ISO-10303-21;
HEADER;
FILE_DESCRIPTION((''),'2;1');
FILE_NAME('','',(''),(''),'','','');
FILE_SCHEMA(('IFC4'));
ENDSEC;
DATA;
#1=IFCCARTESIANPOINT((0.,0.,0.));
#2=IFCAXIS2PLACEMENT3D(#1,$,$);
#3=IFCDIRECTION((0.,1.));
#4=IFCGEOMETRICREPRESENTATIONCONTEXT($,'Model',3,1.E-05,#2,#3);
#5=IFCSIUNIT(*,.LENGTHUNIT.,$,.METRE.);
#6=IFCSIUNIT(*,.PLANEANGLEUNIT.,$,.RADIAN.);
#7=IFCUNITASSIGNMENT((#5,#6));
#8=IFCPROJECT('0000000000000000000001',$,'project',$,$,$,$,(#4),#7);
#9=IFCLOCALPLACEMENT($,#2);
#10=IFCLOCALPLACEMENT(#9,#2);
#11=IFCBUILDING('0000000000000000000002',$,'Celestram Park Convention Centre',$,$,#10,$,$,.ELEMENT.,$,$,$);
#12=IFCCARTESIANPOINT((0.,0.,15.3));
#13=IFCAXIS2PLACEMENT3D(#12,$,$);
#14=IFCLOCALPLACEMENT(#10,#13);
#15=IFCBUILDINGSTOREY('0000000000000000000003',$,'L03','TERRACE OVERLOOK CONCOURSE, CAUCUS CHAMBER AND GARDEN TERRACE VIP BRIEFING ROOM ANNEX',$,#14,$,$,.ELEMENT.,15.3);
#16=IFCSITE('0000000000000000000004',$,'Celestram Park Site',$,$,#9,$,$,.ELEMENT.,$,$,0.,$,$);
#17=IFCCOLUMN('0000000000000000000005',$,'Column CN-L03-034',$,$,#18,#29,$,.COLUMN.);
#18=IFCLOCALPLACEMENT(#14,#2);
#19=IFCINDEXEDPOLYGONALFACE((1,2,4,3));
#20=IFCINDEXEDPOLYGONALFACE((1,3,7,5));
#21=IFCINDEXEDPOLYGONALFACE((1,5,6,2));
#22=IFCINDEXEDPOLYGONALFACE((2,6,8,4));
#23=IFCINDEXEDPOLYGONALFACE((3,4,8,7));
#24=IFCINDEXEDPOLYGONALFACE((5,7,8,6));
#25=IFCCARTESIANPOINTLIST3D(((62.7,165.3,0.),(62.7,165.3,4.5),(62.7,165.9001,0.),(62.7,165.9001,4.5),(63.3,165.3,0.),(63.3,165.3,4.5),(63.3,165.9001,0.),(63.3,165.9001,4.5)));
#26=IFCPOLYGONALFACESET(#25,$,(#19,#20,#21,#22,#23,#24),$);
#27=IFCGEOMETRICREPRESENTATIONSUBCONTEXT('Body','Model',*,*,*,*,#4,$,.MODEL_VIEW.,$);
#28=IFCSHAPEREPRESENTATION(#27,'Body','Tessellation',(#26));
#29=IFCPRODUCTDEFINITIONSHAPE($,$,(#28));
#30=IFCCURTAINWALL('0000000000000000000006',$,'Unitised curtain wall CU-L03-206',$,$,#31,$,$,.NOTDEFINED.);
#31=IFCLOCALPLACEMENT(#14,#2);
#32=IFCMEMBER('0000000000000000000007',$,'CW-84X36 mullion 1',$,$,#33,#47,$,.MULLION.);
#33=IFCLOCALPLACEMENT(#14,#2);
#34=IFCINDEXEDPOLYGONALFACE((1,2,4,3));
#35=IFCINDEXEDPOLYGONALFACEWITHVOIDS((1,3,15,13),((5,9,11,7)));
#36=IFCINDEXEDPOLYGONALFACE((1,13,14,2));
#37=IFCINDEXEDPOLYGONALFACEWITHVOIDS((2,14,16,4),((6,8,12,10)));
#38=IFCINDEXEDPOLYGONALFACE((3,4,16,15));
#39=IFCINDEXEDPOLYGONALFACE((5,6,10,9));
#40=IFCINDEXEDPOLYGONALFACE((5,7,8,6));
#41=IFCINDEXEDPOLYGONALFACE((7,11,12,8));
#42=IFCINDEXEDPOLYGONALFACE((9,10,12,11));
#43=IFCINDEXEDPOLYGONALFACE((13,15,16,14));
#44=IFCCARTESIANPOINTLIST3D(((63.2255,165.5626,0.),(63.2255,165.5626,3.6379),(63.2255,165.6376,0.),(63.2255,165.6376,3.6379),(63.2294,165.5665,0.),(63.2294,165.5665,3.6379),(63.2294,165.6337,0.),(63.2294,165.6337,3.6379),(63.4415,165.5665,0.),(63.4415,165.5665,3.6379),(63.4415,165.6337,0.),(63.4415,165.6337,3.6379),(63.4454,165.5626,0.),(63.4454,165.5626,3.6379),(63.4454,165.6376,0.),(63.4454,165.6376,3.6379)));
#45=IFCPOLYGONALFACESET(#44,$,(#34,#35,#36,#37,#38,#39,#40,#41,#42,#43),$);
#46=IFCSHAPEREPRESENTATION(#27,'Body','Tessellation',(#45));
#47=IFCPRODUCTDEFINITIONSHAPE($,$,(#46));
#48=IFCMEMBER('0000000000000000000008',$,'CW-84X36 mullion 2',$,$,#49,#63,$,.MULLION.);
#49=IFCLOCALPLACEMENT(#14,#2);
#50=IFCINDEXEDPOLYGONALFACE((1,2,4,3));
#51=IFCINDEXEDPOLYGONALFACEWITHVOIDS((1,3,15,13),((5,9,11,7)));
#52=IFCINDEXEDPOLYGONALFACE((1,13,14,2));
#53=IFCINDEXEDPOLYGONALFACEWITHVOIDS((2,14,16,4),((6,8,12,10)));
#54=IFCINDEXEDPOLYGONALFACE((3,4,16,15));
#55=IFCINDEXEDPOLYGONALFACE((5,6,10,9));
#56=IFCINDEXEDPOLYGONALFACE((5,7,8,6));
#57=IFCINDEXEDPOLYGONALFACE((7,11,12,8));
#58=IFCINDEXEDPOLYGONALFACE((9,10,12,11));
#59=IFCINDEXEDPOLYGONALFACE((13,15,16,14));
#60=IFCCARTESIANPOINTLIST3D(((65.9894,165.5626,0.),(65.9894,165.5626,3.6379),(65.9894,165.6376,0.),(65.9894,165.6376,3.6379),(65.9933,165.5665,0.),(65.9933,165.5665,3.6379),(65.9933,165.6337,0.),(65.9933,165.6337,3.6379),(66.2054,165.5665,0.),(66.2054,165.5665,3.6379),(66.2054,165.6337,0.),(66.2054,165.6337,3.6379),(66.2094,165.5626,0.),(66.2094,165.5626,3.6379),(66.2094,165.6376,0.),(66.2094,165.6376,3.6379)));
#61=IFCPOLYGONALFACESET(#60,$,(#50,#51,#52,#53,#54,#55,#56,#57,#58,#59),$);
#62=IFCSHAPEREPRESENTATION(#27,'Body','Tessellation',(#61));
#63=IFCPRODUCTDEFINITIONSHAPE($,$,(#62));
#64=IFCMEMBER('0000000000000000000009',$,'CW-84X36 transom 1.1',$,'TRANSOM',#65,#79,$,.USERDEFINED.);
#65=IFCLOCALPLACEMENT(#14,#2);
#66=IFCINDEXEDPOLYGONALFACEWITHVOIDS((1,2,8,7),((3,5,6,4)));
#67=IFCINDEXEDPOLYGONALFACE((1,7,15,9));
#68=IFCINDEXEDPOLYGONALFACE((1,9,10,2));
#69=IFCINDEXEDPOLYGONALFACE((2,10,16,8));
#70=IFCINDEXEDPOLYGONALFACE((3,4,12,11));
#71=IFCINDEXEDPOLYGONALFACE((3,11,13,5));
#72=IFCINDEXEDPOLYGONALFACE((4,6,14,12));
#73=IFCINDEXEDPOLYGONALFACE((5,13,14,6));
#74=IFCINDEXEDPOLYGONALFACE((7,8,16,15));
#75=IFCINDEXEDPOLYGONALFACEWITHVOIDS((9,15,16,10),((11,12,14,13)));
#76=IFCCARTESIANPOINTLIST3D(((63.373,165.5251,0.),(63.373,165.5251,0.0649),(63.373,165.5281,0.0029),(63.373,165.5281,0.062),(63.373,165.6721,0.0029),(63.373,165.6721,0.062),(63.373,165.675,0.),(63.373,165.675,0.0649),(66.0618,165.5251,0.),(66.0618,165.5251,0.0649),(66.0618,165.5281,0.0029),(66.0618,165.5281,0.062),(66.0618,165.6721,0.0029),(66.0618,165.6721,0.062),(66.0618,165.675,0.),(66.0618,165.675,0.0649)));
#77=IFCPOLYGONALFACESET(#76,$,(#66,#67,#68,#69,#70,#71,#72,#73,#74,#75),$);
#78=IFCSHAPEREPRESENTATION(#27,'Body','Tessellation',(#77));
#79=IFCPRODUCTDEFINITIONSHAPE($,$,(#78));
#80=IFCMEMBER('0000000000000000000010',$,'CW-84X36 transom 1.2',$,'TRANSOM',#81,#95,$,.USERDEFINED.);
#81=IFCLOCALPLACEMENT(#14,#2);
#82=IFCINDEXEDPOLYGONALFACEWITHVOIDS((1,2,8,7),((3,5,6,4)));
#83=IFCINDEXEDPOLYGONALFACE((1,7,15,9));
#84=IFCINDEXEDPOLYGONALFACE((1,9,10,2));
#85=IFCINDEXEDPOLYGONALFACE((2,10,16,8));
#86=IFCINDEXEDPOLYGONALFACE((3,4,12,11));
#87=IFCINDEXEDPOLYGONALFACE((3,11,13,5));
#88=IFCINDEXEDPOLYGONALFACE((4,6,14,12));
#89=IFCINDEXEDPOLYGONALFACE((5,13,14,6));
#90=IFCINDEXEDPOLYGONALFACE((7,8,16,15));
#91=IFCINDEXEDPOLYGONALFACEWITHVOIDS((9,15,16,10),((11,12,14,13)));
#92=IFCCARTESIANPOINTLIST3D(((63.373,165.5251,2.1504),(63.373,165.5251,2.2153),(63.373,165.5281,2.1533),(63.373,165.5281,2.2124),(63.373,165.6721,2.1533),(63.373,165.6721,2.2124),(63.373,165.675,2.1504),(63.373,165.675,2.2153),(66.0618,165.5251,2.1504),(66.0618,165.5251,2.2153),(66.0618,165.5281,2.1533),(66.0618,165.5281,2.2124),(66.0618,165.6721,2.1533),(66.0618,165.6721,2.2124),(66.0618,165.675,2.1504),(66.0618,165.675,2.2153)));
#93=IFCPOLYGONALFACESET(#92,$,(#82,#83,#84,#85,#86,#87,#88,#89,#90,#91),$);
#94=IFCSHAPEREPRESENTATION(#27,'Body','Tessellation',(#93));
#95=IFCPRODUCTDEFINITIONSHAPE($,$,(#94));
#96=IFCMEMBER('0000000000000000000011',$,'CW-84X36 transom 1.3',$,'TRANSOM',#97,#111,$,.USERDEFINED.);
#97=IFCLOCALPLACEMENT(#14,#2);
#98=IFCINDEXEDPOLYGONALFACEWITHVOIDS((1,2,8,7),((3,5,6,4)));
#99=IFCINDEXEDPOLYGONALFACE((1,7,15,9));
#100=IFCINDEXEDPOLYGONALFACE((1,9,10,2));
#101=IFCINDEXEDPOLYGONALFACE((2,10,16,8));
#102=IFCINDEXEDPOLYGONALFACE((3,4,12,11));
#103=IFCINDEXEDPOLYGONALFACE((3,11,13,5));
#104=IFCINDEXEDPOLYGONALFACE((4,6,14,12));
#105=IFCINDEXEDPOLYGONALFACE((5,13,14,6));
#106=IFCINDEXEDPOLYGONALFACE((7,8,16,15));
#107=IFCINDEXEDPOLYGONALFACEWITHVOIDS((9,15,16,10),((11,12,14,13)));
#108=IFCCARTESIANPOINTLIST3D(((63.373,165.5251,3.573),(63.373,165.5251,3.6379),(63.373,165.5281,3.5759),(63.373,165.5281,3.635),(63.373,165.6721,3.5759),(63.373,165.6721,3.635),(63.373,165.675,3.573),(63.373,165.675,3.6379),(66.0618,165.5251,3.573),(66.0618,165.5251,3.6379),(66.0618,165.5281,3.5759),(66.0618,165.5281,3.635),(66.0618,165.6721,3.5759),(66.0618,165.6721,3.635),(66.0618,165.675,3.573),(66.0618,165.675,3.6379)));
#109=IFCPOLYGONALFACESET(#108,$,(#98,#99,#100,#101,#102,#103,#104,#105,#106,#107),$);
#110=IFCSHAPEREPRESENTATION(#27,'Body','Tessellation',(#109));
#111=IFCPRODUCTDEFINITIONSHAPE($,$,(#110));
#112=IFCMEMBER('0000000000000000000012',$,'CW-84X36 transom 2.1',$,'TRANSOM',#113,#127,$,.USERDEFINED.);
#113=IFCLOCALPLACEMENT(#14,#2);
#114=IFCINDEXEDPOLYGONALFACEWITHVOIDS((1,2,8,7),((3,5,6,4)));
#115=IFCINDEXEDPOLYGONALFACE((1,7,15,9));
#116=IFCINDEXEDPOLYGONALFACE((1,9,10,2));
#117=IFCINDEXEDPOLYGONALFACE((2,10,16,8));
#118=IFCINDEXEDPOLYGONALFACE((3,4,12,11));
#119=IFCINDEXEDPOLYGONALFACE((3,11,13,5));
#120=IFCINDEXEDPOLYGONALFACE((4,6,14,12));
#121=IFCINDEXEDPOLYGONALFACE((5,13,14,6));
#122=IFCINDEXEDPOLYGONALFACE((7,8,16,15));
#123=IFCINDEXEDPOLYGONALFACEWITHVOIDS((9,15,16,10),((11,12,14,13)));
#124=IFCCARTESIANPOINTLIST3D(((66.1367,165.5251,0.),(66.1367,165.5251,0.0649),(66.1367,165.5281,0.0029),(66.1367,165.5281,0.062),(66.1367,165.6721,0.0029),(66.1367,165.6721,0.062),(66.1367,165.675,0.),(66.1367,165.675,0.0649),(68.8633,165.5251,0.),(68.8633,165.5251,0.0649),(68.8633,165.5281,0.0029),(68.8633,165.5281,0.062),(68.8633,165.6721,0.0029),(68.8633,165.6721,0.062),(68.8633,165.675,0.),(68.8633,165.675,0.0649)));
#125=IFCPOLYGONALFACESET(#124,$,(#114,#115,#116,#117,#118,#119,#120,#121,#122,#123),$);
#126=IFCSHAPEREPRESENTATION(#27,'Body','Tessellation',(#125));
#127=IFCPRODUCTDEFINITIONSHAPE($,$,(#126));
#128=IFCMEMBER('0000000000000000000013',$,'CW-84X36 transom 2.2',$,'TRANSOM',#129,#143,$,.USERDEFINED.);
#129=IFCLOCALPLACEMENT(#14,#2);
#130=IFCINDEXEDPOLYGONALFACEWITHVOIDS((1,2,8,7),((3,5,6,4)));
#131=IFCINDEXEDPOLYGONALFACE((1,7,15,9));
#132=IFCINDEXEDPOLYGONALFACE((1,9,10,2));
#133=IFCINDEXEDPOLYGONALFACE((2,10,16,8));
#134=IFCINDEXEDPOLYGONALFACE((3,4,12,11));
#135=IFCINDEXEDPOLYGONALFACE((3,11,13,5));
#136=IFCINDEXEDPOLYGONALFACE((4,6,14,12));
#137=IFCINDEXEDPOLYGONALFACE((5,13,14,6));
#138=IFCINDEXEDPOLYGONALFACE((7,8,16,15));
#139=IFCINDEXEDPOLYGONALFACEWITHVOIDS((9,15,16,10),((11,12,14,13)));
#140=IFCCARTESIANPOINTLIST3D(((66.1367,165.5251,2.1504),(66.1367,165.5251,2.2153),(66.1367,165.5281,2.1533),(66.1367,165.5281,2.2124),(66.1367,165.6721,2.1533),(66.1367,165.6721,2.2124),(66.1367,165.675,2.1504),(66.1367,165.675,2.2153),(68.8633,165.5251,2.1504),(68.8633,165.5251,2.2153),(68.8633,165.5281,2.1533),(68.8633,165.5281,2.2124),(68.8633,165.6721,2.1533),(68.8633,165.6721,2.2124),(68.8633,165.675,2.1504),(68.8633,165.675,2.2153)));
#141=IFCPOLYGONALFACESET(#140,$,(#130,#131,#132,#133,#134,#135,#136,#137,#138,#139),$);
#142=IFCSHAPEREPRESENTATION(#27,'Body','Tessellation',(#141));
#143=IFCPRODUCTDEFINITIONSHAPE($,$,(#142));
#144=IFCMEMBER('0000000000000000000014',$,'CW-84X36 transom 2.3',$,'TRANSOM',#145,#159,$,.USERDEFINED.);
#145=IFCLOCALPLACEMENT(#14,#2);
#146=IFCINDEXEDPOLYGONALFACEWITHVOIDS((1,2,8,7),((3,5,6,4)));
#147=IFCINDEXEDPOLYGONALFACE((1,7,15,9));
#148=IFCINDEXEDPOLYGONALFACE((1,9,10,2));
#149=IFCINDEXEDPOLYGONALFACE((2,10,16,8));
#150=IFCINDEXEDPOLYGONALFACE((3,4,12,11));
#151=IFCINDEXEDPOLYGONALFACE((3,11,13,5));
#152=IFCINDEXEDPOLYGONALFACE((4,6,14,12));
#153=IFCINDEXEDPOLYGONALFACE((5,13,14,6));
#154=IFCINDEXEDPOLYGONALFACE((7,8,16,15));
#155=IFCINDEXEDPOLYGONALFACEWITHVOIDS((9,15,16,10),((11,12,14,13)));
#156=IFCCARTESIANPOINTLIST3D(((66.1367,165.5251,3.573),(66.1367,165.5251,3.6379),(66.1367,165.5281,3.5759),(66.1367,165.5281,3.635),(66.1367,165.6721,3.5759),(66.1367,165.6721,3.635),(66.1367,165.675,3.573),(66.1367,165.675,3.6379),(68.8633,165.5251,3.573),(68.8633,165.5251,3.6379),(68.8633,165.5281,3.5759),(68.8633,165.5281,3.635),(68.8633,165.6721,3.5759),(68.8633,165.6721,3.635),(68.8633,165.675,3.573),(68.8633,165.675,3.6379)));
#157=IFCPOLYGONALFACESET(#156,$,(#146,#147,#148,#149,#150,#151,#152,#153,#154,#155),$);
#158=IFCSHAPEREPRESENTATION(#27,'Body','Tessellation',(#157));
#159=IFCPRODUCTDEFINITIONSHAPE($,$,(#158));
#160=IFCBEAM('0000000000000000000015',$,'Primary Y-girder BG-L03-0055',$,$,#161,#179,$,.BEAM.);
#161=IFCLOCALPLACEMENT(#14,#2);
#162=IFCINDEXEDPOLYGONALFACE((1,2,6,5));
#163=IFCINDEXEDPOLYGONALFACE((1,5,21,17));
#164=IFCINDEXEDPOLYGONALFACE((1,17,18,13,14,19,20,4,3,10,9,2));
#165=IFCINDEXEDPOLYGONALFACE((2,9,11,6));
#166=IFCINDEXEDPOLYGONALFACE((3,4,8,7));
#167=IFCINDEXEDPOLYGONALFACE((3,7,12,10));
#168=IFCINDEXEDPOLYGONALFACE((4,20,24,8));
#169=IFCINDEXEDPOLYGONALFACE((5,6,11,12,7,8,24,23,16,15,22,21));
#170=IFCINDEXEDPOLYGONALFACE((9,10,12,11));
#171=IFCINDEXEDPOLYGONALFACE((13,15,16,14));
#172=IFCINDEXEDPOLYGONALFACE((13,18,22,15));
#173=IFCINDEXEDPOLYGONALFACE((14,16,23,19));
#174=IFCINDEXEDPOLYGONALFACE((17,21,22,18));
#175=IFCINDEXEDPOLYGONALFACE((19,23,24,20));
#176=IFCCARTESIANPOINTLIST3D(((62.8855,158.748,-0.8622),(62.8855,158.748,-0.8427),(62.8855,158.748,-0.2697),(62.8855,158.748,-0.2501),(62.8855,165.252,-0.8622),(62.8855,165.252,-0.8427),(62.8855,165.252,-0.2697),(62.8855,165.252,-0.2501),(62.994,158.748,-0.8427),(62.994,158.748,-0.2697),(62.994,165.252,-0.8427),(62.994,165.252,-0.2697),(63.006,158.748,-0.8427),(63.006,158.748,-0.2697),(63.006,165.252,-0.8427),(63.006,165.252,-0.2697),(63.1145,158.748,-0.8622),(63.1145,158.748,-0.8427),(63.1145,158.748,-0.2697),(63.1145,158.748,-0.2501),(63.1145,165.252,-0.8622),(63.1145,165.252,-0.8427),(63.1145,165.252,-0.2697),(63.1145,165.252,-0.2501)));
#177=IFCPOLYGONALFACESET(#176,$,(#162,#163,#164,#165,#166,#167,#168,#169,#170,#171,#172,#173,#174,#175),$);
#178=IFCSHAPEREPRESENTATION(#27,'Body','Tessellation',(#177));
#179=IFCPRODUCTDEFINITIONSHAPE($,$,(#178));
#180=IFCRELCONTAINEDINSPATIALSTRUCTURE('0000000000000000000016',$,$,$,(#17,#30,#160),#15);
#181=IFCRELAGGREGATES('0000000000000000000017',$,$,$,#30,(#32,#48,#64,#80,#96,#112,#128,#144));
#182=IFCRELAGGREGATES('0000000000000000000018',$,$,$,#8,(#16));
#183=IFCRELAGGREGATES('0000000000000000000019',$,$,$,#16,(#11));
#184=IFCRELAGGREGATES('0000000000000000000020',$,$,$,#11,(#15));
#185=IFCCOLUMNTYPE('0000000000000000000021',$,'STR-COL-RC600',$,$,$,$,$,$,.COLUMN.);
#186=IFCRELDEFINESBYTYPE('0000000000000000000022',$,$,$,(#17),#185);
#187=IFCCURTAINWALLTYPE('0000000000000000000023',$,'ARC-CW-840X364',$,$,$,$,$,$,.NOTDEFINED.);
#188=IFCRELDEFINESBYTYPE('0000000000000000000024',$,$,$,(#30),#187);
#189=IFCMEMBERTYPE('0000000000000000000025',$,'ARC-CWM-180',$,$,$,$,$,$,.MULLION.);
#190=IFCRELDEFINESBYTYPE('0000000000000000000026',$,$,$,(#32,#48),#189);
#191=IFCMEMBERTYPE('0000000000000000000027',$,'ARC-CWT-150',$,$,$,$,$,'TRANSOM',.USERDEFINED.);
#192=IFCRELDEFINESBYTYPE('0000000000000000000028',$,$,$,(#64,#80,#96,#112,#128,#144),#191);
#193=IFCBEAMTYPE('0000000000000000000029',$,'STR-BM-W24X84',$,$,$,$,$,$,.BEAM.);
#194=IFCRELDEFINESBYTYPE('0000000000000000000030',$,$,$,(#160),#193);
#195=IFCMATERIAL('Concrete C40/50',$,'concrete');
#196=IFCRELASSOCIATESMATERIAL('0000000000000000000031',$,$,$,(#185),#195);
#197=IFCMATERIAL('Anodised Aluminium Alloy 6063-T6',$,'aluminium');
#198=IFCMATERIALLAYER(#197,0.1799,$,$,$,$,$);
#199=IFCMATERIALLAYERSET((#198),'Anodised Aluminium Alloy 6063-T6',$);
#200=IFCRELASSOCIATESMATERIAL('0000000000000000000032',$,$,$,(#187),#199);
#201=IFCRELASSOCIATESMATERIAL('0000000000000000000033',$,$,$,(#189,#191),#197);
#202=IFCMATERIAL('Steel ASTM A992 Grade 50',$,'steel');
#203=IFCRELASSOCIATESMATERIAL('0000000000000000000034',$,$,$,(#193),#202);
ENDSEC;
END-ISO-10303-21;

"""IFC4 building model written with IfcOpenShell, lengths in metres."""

from ifc_helpers import new_model, si_unit, direction, frame, origin, origin_2d, place, context, subcontext, project, spatial, rectangle, hollow_rectangle, i_section, extrude, material, layer, layer_set, material_profile, profile_set, type_object, element, aggregate, save


model = new_model("IFC4")

# Units and contexts
model_context = context("Model", 3, precision=1e-05, world=origin(), true_north=direction((0.0, 1.0)))
body_context = subcontext(model_context, "Body", "Model", "MODEL_VIEW")
ifc_project = project(units=[si_unit("LENGTHUNIT", "METRE"), si_unit("PLANEANGLEUNIT", "RADIAN")], contexts=[model_context])

# Site, building, storey
site_placement = place(None, origin())
site = spatial("IfcSite", under=ifc_project, at=site_placement, Name="Celestram Park Site", CompositionType="ELEMENT", RefElevation=0.0)
building_placement = place(site_placement, origin())
building = spatial("IfcBuilding", under=site, at=building_placement, Name="Celestram Park Convention Centre", CompositionType="ELEMENT")
storey_placement = place(building_placement, frame((0.0, 0.0, 15.3)))
storey = spatial("IfcBuildingStorey", under=building, at=storey_placement, Name="L03", Description="TERRACE OVERLOOK CONCOURSE, CAUCUS CHAMBER AND GARDEN TERRACE VIP BRIEFING ROOM ANNEX", CompositionType="ELEMENT", Elevation=15.3)

# Column
ifc_material_1 = material(Name="Concrete C40/50", Category="concrete")
ifc_material_profile_1 = material_profile(ifc_material_1, rectangle(XDim=0.6001, YDim=0.6001, at=origin_2d()), Name="RC600X600")
ifc_profile_set_1 = profile_set([ifc_material_profile_1], Name="Concrete C40/50")
column_type = type_object("IfcColumnType", Name="STR-COL-RC600", PredefinedType="COLUMN", material=ifc_profile_set_1)
column_placement = place(storey_placement, frame((63.0, 165.6001, 0.0), z_axis=(0.0, 0.0, 1.0), x_axis=(1.0, 0.0, 0.0)))
element("IfcColumn", 1, at=column_placement, inside=storey, type_object=column_type, Name="Column CN-L03-034", PredefinedType="COLUMN", context=body_context, shape_type="SweptSolid", body=[
    extrude(rectangle(XDim=0.6001, YDim=0.6001, at=origin_2d()), origin(), (0.0, 0.0, 1.0), 4.5),
])

# Curtain wall, members
ifc_material_2 = material(Name="Anodised Aluminium Alloy 6063-T6", Category="aluminium")
ifc_layer_1 = layer(ifc_material_2, 0.1799)
ifc_layer_set_1 = layer_set([ifc_layer_1], Name="Anodised Aluminium Alloy 6063-T6")
curtain_wall_type = type_object("IfcCurtainWallType", Name="ARC-CW-840X364", PredefinedType="NOTDEFINED", material=ifc_layer_set_1)
curtain_wall_placement = place(storey_placement, origin())
curtain_wall = element("IfcCurtainWall", 2, at=curtain_wall_placement, inside=storey, type_object=curtain_wall_type, Name="Unitised curtain wall CU-L03-206", PredefinedType="NOTDEFINED")
ifc_material_profile_2 = material_profile(ifc_material_2, hollow_rectangle(XDim=0.075, YDim=0.22, WallThickness=0.0039, at=origin_2d()), Name="ALU75X220X4")
ifc_profile_set_2 = profile_set([ifc_material_profile_2], Name="Anodised Aluminium Alloy 6063-T6")
member_type_1 = type_object("IfcMemberType", Name="ARC-CWM-180", PredefinedType="MULLION", material=ifc_profile_set_2)
member_1_placement = place(storey_placement, frame((63.3354, 165.6001, 0.0), z_axis=(0.0, 0.0, 1.0), x_axis=(0.0, 1.0, 0.0)))
member_1 = element("IfcMember", 3, at=member_1_placement, type_object=member_type_1, Name="CW-84X36 mullion 1", PredefinedType="MULLION", context=body_context, shape_type="SweptSolid", body=[
    extrude(hollow_rectangle(XDim=0.075, YDim=0.22, WallThickness=0.0039, at=origin_2d()), origin(), (0.0, 0.0, 1.0), 3.6379),
])
member_2_placement = place(storey_placement, frame((66.0994, 165.6001, 0.0), z_axis=(0.0, 0.0, 1.0), x_axis=(0.0, 1.0, 0.0)))
member_2 = element("IfcMember", 4, at=member_2_placement, type_object=member_type_1, Name="CW-84X36 mullion 2", PredefinedType="MULLION", context=body_context, shape_type="SweptSolid", body=[
    extrude(hollow_rectangle(XDim=0.075, YDim=0.22, WallThickness=0.0039, at=origin_2d()), origin(), (0.0, 0.0, 1.0), 3.6379),
])
ifc_material_profile_3 = material_profile(ifc_material_2, hollow_rectangle(XDim=0.1499, YDim=0.0649, WallThickness=0.0029, at=origin_2d()), Name="ALU150X65X3")
ifc_profile_set_3 = profile_set([ifc_material_profile_3], Name="Anodised Aluminium Alloy 6063-T6")
member_type_2 = type_object("IfcMemberType", Name="ARC-CWT-150", ElementType="TRANSOM", PredefinedType="USERDEFINED", material=ifc_profile_set_3)
member_3_placement = place(storey_placement, frame((63.373, 165.6001, 0.0325), z_axis=(1.0, 0.0, 0.0), x_axis=(0.0, 1.0, 0.0)))
member_3 = element("IfcMember", 5, at=member_3_placement, type_object=member_type_2, Name="CW-84X36 transom 1.1", ObjectType="TRANSOM", PredefinedType="USERDEFINED", context=body_context, shape_type="SweptSolid", body=[
    extrude(hollow_rectangle(XDim=0.1499, YDim=0.0649, WallThickness=0.0029, at=origin_2d()), origin(), (0.0, 0.0, 1.0), 2.6887),
])
member_4_placement = place(storey_placement, frame((63.373, 165.6001, 2.1829), z_axis=(1.0, 0.0, 0.0), x_axis=(0.0, 1.0, 0.0)))
member_4 = element("IfcMember", 6, at=member_4_placement, type_object=member_type_2, Name="CW-84X36 transom 1.2", ObjectType="TRANSOM", PredefinedType="USERDEFINED", context=body_context, shape_type="SweptSolid", body=[
    extrude(hollow_rectangle(XDim=0.1499, YDim=0.0649, WallThickness=0.0029, at=origin_2d()), origin(), (0.0, 0.0, 1.0), 2.6887),
])
member_5_placement = place(storey_placement, frame((63.373, 165.6001, 3.6055), z_axis=(1.0, 0.0, 0.0), x_axis=(0.0, 1.0, 0.0)))
member_5 = element("IfcMember", 7, at=member_5_placement, type_object=member_type_2, Name="CW-84X36 transom 1.3", ObjectType="TRANSOM", PredefinedType="USERDEFINED", context=body_context, shape_type="SweptSolid", body=[
    extrude(hollow_rectangle(XDim=0.1499, YDim=0.0649, WallThickness=0.0029, at=origin_2d()), origin(), (0.0, 0.0, 1.0), 2.6887),
])
member_6_placement = place(storey_placement, frame((66.1367, 165.6001, 0.0325), z_axis=(1.0, 0.0, 0.0), x_axis=(0.0, 1.0, 0.0)))
member_6 = element("IfcMember", 8, at=member_6_placement, type_object=member_type_2, Name="CW-84X36 transom 2.1", ObjectType="TRANSOM", PredefinedType="USERDEFINED", context=body_context, shape_type="SweptSolid", body=[
    extrude(hollow_rectangle(XDim=0.1499, YDim=0.0649, WallThickness=0.0029, at=origin_2d()), origin(), (0.0, 0.0, 1.0), 2.7266),
])
member_7_placement = place(storey_placement, frame((66.1367, 165.6001, 2.1829), z_axis=(1.0, 0.0, 0.0), x_axis=(0.0, 1.0, 0.0)))
member_7 = element("IfcMember", 9, at=member_7_placement, type_object=member_type_2, Name="CW-84X36 transom 2.2", ObjectType="TRANSOM", PredefinedType="USERDEFINED", context=body_context, shape_type="SweptSolid", body=[
    extrude(hollow_rectangle(XDim=0.1499, YDim=0.0649, WallThickness=0.0029, at=origin_2d()), origin(), (0.0, 0.0, 1.0), 2.7266),
])
member_8_placement = place(storey_placement, frame((66.1367, 165.6001, 3.6055), z_axis=(1.0, 0.0, 0.0), x_axis=(0.0, 1.0, 0.0)))
member_8 = element("IfcMember", 10, at=member_8_placement, type_object=member_type_2, Name="CW-84X36 transom 2.3", ObjectType="TRANSOM", PredefinedType="USERDEFINED", context=body_context, shape_type="SweptSolid", body=[
    extrude(hollow_rectangle(XDim=0.1499, YDim=0.0649, WallThickness=0.0029, at=origin_2d()), origin(), (0.0, 0.0, 1.0), 2.7266),
])

# Beam
ifc_material_3 = material(Name="Steel ASTM A992 Grade 50", Category="steel")
ifc_material_profile_4 = material_profile(ifc_material_3, i_section(OverallWidth=0.229, OverallDepth=0.6121, WebThickness=0.012, FlangeThickness=0.0195, at=origin_2d()), Name="W24X84")
ifc_profile_set_4 = profile_set([ifc_material_profile_4], Name="Steel ASTM A992 Grade 50")
beam_type_1 = type_object("IfcBeamType", Name="STR-BM-W24X84", PredefinedType="BEAM", material=ifc_profile_set_4)
beam_1_placement = place(storey_placement, frame((63.0, 158.748, -0.5562), z_axis=(0.0, 1.0, 0.0), x_axis=(-1.0, 0.0, 0.0)))
element("IfcBeam", 11, at=beam_1_placement, inside=storey, type_object=beam_type_1, Name="Primary Y-girder BG-L03-0055", PredefinedType="BEAM", context=body_context, shape_type="SweptSolid", body=[
    extrude(i_section(OverallWidth=0.229, OverallDepth=0.6121, WebThickness=0.012, FlangeThickness=0.0195, at=origin_2d()), origin(), (0.0, 0.0, 1.0), 6.5039),
])

aggregate(curtain_wall, [member_1, member_2, member_3, member_4, member_5, member_6, member_7, member_8])

save(model, "model.ifc")
